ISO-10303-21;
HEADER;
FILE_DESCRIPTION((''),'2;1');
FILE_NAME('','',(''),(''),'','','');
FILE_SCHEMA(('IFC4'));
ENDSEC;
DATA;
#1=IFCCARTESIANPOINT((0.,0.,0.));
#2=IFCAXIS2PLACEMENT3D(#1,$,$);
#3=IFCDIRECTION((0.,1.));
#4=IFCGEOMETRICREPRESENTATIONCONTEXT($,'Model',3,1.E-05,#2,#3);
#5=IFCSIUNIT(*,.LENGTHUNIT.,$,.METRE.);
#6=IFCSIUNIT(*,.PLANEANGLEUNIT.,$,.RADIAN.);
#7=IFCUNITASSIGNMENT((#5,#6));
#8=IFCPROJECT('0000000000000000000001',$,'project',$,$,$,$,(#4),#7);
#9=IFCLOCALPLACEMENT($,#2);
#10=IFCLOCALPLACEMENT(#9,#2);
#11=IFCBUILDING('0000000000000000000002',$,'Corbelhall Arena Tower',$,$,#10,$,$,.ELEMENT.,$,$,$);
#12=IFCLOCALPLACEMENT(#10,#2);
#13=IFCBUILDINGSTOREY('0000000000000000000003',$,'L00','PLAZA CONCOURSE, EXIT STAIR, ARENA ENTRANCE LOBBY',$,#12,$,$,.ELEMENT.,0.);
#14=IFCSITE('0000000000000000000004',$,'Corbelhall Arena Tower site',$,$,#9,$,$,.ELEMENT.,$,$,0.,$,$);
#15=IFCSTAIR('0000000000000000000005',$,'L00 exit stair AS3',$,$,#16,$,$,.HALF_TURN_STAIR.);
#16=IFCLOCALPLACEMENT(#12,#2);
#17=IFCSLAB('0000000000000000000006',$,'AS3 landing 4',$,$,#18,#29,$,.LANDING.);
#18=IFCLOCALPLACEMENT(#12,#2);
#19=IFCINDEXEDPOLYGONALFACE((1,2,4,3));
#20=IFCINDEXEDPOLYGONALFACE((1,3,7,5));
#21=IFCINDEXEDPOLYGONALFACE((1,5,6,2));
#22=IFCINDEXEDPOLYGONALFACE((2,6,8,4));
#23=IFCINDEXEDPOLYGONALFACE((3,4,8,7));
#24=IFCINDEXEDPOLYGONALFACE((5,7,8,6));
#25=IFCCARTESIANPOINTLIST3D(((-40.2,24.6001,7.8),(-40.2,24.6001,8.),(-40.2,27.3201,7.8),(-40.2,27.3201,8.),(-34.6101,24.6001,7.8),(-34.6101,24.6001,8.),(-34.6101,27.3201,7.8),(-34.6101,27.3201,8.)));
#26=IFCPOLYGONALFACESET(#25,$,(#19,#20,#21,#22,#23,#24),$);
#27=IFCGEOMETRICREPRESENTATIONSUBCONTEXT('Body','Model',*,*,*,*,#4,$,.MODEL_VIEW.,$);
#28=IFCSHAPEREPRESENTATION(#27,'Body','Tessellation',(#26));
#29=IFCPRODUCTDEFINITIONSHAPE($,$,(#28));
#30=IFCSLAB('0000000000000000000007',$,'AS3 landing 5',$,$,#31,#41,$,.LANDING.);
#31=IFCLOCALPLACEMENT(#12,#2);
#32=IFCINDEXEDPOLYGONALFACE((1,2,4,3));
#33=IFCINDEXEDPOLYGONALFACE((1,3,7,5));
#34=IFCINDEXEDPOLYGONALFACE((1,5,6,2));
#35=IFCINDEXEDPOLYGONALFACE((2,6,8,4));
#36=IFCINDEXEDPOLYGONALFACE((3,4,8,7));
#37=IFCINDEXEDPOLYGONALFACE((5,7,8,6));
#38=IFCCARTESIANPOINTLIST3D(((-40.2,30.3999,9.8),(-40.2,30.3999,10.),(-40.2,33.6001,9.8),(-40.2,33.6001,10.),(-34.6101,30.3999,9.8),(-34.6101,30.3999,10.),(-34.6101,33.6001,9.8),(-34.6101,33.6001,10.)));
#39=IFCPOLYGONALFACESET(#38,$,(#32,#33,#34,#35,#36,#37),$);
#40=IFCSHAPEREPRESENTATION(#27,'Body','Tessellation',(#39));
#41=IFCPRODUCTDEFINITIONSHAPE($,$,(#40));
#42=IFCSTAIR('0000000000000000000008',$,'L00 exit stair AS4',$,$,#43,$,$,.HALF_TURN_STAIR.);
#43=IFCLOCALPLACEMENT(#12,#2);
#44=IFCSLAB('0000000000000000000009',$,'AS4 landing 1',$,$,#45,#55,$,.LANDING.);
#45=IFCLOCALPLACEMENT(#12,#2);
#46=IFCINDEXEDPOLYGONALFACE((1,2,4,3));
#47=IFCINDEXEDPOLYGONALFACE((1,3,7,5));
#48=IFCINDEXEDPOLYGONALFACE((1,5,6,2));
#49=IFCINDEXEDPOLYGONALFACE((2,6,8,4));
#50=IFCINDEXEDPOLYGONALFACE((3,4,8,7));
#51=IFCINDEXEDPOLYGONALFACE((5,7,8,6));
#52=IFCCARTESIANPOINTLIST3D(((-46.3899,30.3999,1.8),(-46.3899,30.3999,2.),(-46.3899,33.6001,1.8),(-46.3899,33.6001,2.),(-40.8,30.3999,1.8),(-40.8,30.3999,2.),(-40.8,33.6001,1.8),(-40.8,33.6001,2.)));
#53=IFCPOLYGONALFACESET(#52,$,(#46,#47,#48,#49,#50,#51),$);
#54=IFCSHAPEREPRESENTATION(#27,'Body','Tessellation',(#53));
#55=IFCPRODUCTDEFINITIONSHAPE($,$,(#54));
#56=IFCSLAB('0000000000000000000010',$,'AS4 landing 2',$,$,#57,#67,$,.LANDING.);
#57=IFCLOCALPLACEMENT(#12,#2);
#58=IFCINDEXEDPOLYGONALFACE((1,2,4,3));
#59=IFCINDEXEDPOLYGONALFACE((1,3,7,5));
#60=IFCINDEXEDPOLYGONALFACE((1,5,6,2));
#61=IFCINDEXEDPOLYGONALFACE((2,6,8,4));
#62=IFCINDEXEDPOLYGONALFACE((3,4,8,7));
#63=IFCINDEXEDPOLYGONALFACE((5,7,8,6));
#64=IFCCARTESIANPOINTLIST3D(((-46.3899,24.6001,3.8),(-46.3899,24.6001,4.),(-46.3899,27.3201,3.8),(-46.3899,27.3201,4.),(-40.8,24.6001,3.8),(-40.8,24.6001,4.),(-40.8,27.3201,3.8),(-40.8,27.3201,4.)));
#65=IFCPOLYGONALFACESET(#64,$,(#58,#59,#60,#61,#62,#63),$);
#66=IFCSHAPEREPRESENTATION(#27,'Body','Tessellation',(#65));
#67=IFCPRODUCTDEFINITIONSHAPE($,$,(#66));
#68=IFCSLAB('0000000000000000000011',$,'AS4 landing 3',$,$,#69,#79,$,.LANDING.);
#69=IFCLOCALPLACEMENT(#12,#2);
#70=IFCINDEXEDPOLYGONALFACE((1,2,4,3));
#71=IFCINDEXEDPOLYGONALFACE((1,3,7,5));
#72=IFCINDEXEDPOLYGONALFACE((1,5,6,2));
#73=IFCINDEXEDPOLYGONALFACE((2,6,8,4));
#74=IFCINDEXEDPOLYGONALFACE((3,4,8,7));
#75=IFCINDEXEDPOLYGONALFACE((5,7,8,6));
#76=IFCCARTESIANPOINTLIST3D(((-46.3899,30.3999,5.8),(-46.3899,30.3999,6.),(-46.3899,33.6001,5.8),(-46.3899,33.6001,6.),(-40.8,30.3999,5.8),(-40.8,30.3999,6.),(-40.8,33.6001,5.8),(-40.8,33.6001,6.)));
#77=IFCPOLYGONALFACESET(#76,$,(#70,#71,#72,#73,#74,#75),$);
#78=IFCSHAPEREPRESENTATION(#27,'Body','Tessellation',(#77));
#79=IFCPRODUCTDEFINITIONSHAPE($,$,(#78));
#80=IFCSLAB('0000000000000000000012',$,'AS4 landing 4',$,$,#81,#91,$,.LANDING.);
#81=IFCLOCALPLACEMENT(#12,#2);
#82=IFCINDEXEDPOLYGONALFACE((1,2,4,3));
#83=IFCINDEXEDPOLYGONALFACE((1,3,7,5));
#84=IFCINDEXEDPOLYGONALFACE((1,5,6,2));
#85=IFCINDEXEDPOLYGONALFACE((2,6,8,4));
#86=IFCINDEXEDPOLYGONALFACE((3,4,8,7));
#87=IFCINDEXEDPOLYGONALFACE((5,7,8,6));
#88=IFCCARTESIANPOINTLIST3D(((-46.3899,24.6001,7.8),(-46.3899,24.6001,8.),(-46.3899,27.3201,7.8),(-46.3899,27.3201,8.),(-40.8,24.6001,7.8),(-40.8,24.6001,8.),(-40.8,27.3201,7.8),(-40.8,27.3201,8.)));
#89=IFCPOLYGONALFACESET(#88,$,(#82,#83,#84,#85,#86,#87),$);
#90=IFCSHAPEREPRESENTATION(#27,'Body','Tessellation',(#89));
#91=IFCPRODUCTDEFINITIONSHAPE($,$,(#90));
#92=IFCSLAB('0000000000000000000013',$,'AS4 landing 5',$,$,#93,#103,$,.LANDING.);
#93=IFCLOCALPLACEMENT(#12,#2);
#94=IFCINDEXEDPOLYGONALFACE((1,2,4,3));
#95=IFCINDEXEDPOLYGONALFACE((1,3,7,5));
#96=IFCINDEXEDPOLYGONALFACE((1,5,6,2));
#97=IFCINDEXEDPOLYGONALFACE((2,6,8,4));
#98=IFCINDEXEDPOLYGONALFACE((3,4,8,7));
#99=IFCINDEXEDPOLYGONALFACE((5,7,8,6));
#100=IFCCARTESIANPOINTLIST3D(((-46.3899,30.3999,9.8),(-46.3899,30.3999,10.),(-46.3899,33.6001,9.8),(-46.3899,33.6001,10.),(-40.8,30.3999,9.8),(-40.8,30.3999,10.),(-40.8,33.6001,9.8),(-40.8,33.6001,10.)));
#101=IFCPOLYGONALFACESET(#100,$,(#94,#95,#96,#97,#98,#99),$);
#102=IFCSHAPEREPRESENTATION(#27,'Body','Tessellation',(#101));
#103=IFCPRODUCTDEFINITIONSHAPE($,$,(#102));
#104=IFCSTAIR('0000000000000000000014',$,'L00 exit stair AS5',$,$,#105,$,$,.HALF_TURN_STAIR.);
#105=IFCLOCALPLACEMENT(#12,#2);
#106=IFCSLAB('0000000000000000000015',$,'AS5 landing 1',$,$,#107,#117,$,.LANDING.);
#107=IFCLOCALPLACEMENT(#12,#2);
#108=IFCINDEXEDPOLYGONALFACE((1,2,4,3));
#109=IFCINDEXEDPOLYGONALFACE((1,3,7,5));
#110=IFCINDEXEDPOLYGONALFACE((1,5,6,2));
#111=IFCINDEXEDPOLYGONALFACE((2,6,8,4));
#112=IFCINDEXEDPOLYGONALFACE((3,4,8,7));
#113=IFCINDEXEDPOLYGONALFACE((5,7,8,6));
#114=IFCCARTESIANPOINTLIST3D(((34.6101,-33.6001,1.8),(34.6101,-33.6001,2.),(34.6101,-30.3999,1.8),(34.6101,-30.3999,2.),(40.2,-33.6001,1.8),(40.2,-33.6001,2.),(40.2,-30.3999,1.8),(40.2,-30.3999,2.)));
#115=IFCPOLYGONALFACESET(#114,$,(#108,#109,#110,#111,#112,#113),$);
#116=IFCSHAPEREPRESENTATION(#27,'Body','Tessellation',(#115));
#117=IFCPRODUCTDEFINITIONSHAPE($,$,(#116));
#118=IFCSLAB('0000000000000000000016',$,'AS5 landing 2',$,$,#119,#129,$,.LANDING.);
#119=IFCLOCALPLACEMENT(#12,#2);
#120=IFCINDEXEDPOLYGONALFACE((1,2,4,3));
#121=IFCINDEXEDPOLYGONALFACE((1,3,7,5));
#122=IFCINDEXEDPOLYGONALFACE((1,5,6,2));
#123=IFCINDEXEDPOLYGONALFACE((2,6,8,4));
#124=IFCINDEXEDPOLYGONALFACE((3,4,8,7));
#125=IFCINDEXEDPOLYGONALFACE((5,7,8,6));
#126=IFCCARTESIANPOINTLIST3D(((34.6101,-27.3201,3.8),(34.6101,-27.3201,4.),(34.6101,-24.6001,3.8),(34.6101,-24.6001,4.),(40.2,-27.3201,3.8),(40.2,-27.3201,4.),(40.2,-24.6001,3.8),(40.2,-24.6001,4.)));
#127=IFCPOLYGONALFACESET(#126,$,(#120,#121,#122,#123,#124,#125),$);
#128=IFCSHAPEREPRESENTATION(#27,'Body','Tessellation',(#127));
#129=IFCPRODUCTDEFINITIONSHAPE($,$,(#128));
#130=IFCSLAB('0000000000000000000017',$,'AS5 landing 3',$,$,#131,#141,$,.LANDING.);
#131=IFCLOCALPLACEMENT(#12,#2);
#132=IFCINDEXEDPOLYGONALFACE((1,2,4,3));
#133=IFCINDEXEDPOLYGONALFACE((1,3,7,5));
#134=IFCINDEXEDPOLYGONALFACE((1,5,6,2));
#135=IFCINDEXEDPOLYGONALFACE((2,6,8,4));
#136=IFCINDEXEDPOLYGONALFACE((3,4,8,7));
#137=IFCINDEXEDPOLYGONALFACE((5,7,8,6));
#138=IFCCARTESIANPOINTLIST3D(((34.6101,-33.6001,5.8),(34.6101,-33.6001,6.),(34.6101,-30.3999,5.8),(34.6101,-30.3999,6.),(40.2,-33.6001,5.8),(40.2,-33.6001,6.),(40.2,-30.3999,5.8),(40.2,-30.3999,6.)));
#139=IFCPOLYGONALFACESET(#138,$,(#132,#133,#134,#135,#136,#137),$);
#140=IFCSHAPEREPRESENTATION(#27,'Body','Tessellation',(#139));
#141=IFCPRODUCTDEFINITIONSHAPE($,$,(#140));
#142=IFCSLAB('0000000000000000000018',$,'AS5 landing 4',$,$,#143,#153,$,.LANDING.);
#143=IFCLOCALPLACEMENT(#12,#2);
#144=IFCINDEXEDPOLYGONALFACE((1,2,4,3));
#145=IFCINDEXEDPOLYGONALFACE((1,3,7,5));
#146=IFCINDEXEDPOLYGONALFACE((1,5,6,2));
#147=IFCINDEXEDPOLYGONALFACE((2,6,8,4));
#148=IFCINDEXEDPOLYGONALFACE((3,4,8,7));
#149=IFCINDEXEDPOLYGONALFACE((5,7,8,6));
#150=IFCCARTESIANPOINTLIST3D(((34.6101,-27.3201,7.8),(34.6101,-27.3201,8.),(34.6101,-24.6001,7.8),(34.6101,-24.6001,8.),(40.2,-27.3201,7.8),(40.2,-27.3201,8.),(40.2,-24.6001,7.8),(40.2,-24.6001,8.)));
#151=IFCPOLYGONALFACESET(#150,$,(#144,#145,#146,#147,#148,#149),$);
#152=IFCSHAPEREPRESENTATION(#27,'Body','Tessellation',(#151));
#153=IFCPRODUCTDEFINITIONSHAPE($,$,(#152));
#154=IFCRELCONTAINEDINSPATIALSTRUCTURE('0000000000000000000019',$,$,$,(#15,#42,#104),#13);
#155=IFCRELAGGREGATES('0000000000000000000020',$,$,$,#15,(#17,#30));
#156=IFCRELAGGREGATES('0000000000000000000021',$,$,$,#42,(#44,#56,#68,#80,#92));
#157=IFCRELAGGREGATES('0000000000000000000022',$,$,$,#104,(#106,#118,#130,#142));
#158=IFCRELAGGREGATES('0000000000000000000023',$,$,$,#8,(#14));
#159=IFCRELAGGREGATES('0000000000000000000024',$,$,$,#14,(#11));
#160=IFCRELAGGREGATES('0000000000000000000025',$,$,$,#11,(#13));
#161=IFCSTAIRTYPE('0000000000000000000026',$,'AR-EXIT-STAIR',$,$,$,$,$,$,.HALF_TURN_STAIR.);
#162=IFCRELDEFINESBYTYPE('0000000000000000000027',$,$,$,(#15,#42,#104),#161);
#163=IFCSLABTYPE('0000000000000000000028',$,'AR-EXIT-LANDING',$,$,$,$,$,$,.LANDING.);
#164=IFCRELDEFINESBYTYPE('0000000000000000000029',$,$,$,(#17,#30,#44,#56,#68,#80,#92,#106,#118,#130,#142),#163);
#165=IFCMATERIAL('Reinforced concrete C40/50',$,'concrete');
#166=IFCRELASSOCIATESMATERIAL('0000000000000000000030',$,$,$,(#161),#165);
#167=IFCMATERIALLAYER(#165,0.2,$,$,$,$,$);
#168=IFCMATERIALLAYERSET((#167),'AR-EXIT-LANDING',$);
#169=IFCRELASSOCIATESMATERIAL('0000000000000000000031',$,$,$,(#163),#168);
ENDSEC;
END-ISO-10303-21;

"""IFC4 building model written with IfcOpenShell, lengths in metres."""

from ifc_helpers import new_model, si_unit, direction, frame, origin, place, context, subcontext, project, spatial, polyline, outline, extrude, material, layer, layer_set, type_object, element, aggregate, save


model = new_model("IFC4")

# Units and contexts
model_context = context("Model", 3, precision=1e-05, world=origin(), true_north=direction((0.0, 1.0)))
body_context = subcontext(model_context, "Body", "Model", "MODEL_VIEW")
ifc_project = project(units=[si_unit("LENGTHUNIT", "METRE"), si_unit("PLANEANGLEUNIT", "RADIAN")], contexts=[model_context])

# Site, building, storey
site_placement = place(None, origin())
site = spatial("IfcSite", under=ifc_project, at=site_placement, Name="Corbelhall Arena Tower site", CompositionType="ELEMENT", RefElevation=0.0)
building_placement = place(site_placement, origin())
building = spatial("IfcBuilding", under=site, at=building_placement, Name="Corbelhall Arena Tower", CompositionType="ELEMENT")
storey_placement = place(building_placement, origin())
storey = spatial("IfcBuildingStorey", under=building, at=storey_placement, Name="L00", Description="PLAZA CONCOURSE, EXIT STAIR, ARENA ENTRANCE LOBBY", CompositionType="ELEMENT", Elevation=0.0)

# Stairs, slabs
ifc_material = material(Name="Reinforced concrete C40/50", Category="concrete")
stair_type = type_object("IfcStairType", Name="AR-EXIT-STAIR", PredefinedType="HALF_TURN_STAIR", material=ifc_material)
ifc_layer = layer(ifc_material, 0.2)
ifc_layer_set = layer_set([ifc_layer], Name="AR-EXIT-LANDING")
slab_type = type_object("IfcSlabType", Name="AR-EXIT-LANDING", PredefinedType="LANDING", material=ifc_layer_set)
stair_1_placement = place(storey_placement, origin())
stair_1 = element("IfcStair", 1, at=stair_1_placement, inside=storey, type_object=stair_type, Name="L00 exit stair AS3", PredefinedType="HALF_TURN_STAIR")
slab_1_placement = place(storey_placement, frame((0.0, 0.0, 7.8)))
slab_1 = element("IfcSlab", 2, at=slab_1_placement, type_object=slab_type, Name="AS3 landing 4", PredefinedType="LANDING", context=body_context, shape_type="SweptSolid", body=[
    extrude(outline(polyline([(-34.6101, 24.6001), (-34.6101, 27.3201), (-40.2, 27.3201), (-40.2, 24.6001), (-34.6101, 24.6001)])), origin(), (0.0, 0.0, 1.0), 0.2),
])
slab_2_placement = place(storey_placement, frame((0.0, 0.0, 9.8)))
slab_2 = element("IfcSlab", 3, at=slab_2_placement, type_object=slab_type, Name="AS3 landing 5", PredefinedType="LANDING", context=body_context, shape_type="SweptSolid", body=[
    extrude(outline(polyline([(-34.6101, 30.3999), (-34.6101, 33.6001), (-40.2, 33.6001), (-40.2, 30.3999), (-34.6101, 30.3999)])), origin(), (0.0, 0.0, 1.0), 0.2),
])
aggregate(stair_1, [slab_1, slab_2])
stair_2_placement = place(storey_placement, origin())
stair_2 = element("IfcStair", 4, at=stair_2_placement, inside=storey, type_object=stair_type, Name="L00 exit stair AS4", PredefinedType="HALF_TURN_STAIR")
slab_3_placement = place(storey_placement, frame((0.0, 0.0, 1.8)))
slab_3 = element("IfcSlab", 5, at=slab_3_placement, type_object=slab_type, Name="AS4 landing 1", PredefinedType="LANDING", context=body_context, shape_type="SweptSolid", body=[
    extrude(outline(polyline([(-40.8, 30.3999), (-40.8, 33.6001), (-46.3899, 33.6001), (-46.3899, 30.3999), (-40.8, 30.3999)])), origin(), (0.0, 0.0, 1.0), 0.2),
])
slab_4_placement = place(storey_placement, frame((0.0, 0.0, 3.8)))
slab_4 = element("IfcSlab", 6, at=slab_4_placement, type_object=slab_type, Name="AS4 landing 2", PredefinedType="LANDING", context=body_context, shape_type="SweptSolid", body=[
    extrude(outline(polyline([(-40.8, 24.6001), (-40.8, 27.3201), (-46.3899, 27.3201), (-46.3899, 24.6001), (-40.8, 24.6001)])), origin(), (0.0, 0.0, 1.0), 0.2),
])
slab_5_placement = place(storey_placement, frame((0.0, 0.0, 5.8)))
slab_5 = element("IfcSlab", 7, at=slab_5_placement, type_object=slab_type, Name="AS4 landing 3", PredefinedType="LANDING", context=body_context, shape_type="SweptSolid", body=[
    extrude(outline(polyline([(-40.8, 30.3999), (-40.8, 33.6001), (-46.3899, 33.6001), (-46.3899, 30.3999), (-40.8, 30.3999)])), origin(), (0.0, 0.0, 1.0), 0.2),
])
slab_6_placement = place(storey_placement, frame((0.0, 0.0, 7.8)))
slab_6 = element("IfcSlab", 8, at=slab_6_placement, type_object=slab_type, Name="AS4 landing 4", PredefinedType="LANDING", context=body_context, shape_type="SweptSolid", body=[
    extrude(outline(polyline([(-40.8, 24.6001), (-40.8, 27.3201), (-46.3899, 27.3201), (-46.3899, 24.6001), (-40.8, 24.6001)])), origin(), (0.0, 0.0, 1.0), 0.2),
])
slab_7_placement = place(storey_placement, frame((0.0, 0.0, 9.8)))
slab_7 = element("IfcSlab", 9, at=slab_7_placement, type_object=slab_type, Name="AS4 landing 5", PredefinedType="LANDING", context=body_context, shape_type="SweptSolid", body=[
    extrude(outline(polyline([(-40.8, 30.3999), (-40.8, 33.6001), (-46.3899, 33.6001), (-46.3899, 30.3999), (-40.8, 30.3999)])), origin(), (0.0, 0.0, 1.0), 0.2),
])
aggregate(stair_2, [slab_3, slab_4, slab_5, slab_6, slab_7])
stair_3_placement = place(storey_placement, origin())
stair_3 = element("IfcStair", 10, at=stair_3_placement, inside=storey, type_object=stair_type, Name="L00 exit stair AS5", PredefinedType="HALF_TURN_STAIR")
slab_8_placement = place(storey_placement, frame((0.0, 0.0, 1.8)))
slab_8 = element("IfcSlab", 11, at=slab_8_placement, type_object=slab_type, Name="AS5 landing 1", PredefinedType="LANDING", context=body_context, shape_type="SweptSolid", body=[
    extrude(outline(polyline([(34.6101, -30.3999), (34.6101, -33.6001), (40.2, -33.6001), (40.2, -30.3999), (34.6101, -30.3999)])), origin(), (0.0, 0.0, 1.0), 0.2),
])
slab_9_placement = place(storey_placement, frame((0.0, 0.0, 3.8)))
slab_9 = element("IfcSlab", 12, at=slab_9_placement, type_object=slab_type, Name="AS5 landing 2", PredefinedType="LANDING", context=body_context, shape_type="SweptSolid", body=[
    extrude(outline(polyline([(34.6101, -24.6001), (34.6101, -27.3201), (40.2, -27.3201), (40.2, -24.6001), (34.6101, -24.6001)])), origin(), (0.0, 0.0, 1.0), 0.2),
])
slab_10_placement = place(storey_placement, frame((0.0, 0.0, 5.8)))
slab_10 = element("IfcSlab", 13, at=slab_10_placement, type_object=slab_type, Name="AS5 landing 3", PredefinedType="LANDING", context=body_context, shape_type="SweptSolid", body=[
    extrude(outline(polyline([(34.6101, -30.3999), (34.6101, -33.6001), (40.2, -33.6001), (40.2, -30.3999), (34.6101, -30.3999)])), origin(), (0.0, 0.0, 1.0), 0.2),
])
slab_11_placement = place(storey_placement, frame((0.0, 0.0, 7.8)))
slab_11 = element("IfcSlab", 14, at=slab_11_placement, type_object=slab_type, Name="AS5 landing 4", PredefinedType="LANDING", context=body_context, shape_type="SweptSolid", body=[
    extrude(outline(polyline([(34.6101, -24.6001), (34.6101, -27.3201), (40.2, -27.3201), (40.2, -24.6001), (34.6101, -24.6001)])), origin(), (0.0, 0.0, 1.0), 0.2),
])
aggregate(stair_3, [slab_8, slab_9, slab_10, slab_11])

save(model, "model.ifc")
